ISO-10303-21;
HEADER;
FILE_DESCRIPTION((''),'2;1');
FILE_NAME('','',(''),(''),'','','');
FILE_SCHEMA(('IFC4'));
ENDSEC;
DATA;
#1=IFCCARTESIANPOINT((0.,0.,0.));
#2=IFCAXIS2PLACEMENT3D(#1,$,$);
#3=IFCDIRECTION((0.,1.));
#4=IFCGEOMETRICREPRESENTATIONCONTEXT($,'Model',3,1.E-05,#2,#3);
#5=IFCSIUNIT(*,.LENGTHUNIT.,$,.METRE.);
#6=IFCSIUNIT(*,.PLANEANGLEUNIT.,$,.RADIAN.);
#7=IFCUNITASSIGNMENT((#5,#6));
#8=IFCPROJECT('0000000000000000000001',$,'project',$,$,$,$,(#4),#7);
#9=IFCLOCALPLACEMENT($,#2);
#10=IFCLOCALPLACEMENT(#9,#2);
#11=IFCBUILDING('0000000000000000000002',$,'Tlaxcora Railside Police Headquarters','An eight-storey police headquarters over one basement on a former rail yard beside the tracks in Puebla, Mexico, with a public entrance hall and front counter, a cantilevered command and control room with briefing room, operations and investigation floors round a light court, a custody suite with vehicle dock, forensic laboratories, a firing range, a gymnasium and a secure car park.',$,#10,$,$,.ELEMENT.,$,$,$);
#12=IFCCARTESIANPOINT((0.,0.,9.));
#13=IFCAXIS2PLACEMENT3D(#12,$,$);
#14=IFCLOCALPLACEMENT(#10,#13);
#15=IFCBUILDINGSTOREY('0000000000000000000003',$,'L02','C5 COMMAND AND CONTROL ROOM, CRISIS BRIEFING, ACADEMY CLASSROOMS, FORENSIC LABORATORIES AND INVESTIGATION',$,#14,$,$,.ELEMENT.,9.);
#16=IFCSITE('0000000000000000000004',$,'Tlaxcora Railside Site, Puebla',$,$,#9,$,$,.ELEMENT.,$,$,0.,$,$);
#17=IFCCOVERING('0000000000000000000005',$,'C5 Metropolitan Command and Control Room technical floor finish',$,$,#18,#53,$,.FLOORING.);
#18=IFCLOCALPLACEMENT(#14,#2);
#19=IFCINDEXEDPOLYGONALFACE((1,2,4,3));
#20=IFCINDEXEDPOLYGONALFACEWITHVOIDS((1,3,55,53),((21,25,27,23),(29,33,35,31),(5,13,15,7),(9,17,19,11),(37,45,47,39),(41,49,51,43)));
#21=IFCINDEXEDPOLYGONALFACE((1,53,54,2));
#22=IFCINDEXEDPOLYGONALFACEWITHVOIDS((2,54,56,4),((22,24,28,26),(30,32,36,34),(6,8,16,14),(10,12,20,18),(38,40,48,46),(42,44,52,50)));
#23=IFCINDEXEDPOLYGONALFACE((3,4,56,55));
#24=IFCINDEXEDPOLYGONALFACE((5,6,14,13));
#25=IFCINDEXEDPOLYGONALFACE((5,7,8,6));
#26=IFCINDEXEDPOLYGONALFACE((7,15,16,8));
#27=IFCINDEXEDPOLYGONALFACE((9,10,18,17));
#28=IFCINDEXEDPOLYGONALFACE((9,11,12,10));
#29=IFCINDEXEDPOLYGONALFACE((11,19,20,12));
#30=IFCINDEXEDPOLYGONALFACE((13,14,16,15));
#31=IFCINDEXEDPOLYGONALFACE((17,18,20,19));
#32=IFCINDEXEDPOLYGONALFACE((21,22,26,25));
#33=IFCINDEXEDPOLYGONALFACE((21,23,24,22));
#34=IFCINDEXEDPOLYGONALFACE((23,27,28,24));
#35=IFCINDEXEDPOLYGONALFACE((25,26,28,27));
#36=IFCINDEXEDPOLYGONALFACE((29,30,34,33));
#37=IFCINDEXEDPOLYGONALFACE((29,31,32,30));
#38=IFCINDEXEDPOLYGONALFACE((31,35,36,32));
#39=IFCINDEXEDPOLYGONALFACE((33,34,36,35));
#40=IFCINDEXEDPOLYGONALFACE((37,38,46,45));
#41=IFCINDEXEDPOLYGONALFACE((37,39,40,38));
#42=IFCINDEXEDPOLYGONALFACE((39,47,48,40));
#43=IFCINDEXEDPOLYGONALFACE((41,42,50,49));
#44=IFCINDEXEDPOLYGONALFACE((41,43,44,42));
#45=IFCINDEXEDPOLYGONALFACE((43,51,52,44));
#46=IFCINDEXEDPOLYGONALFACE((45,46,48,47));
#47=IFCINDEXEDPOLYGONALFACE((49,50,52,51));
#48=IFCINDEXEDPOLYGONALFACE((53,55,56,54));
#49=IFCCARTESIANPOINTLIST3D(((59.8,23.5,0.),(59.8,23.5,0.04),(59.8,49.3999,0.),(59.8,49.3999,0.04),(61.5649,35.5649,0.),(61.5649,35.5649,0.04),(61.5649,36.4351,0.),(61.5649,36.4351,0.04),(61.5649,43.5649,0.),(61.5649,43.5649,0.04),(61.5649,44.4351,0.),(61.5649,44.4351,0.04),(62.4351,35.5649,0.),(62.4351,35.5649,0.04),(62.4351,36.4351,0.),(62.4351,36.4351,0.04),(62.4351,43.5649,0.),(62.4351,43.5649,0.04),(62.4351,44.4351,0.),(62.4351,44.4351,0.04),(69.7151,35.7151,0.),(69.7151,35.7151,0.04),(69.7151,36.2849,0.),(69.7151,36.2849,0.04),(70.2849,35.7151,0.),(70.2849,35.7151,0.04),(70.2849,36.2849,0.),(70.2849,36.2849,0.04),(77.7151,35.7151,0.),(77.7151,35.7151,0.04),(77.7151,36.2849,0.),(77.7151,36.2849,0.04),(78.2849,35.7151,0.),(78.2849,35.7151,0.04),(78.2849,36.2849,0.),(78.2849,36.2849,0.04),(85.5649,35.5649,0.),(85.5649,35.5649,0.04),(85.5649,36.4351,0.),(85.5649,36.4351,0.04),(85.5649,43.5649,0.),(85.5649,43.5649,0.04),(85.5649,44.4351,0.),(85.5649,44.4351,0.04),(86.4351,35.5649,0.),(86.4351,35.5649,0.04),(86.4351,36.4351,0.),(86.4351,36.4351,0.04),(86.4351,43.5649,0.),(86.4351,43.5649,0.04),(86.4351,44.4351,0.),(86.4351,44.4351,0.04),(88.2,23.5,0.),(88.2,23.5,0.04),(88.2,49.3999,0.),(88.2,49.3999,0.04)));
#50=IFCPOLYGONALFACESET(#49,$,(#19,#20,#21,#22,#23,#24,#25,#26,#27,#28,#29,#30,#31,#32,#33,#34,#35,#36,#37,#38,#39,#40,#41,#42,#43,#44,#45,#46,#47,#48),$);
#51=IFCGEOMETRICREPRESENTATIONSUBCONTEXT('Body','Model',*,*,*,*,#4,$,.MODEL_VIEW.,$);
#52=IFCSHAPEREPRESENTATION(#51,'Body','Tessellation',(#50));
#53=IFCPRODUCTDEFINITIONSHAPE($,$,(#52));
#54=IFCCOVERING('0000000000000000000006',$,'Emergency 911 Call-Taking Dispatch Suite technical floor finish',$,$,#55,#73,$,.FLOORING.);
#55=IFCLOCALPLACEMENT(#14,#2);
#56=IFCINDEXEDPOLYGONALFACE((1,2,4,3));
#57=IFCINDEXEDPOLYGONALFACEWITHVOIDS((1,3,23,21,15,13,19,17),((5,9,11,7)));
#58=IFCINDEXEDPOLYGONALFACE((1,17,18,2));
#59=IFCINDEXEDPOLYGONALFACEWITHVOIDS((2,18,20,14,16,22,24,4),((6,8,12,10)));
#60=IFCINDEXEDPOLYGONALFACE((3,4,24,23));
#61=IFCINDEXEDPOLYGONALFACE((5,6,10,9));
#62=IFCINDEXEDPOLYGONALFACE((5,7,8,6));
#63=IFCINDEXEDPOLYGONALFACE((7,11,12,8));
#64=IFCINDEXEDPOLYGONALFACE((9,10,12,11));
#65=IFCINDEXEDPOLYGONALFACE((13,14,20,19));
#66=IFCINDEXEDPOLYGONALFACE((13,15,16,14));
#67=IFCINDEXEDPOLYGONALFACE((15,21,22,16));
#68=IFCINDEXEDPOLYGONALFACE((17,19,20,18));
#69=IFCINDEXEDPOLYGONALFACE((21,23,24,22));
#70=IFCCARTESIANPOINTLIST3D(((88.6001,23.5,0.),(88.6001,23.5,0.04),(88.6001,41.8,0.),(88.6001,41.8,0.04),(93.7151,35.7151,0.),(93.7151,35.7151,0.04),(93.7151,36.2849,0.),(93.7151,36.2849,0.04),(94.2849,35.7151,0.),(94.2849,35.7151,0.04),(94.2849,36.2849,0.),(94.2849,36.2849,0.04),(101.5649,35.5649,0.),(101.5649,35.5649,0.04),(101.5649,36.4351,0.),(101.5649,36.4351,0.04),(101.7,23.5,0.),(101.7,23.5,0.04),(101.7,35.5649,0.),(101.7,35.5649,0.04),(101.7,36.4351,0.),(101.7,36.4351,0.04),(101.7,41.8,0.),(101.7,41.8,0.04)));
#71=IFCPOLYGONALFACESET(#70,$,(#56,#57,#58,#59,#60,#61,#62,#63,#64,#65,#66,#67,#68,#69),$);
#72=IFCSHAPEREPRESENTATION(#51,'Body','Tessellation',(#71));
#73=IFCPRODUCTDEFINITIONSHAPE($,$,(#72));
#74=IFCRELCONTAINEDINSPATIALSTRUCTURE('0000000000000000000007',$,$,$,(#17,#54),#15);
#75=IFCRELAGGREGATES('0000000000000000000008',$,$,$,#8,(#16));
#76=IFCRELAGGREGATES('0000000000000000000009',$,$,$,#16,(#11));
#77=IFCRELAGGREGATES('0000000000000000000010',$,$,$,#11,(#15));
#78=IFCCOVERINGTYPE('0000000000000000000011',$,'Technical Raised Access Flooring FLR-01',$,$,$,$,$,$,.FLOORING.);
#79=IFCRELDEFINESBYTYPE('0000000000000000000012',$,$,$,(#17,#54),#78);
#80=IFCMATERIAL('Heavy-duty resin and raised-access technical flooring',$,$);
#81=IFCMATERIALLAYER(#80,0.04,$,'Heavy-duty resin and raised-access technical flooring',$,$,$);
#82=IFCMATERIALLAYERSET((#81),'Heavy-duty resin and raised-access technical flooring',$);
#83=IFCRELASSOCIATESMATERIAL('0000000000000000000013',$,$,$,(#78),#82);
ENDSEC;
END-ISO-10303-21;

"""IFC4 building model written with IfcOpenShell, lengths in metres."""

from ifc_helpers import new_model, si_unit, direction, frame, origin, place, context, subcontext, project, spatial, polyline, outline, extrude, material, layer, layer_set, type_object, element, save


model = new_model("IFC4")

# Units and contexts
model_context = context("Model", 3, precision=1e-05, world=origin(), true_north=direction((0.0, 1.0)))
body_context = subcontext(model_context, "Body", "Model", "MODEL_VIEW")
ifc_project = project(units=[si_unit("LENGTHUNIT", "METRE"), si_unit("PLANEANGLEUNIT", "RADIAN")], contexts=[model_context])

# Site, building, storey
site_placement = place(None, origin())
site = spatial("IfcSite", under=ifc_project, at=site_placement, Name="Tlaxcora Railside Site, Puebla", CompositionType="ELEMENT", RefElevation=0.0)
building_placement = place(site_placement, origin())
building = spatial("IfcBuilding", under=site, at=building_placement, Name="Tlaxcora Railside Police Headquarters", Description="An eight-storey police headquarters over one basement on a former rail yard beside the tracks in Puebla, Mexico, with a public entrance hall and front counter, a cantilevered command and control room with briefing room, operations and investigation floors round a light court, a custody suite with vehicle dock, forensic laboratories, a firing range, a gymnasium and a secure car park.", CompositionType="ELEMENT")
storey_placement = place(building_placement, frame((0.0, 0.0, 9.0)))
storey = spatial("IfcBuildingStorey", under=building, at=storey_placement, Name="L02", Description="C5 COMMAND AND CONTROL ROOM, CRISIS BRIEFING, ACADEMY CLASSROOMS, FORENSIC LABORATORIES AND INVESTIGATION", CompositionType="ELEMENT", Elevation=9.0)

# Coverings
ifc_material_1 = material(Name="Heavy-duty resin and raised-access technical flooring")
ifc_layer_1 = layer(ifc_material_1, 0.04, Name="Heavy-duty resin and raised-access technical flooring")
ifc_layer_set_1 = layer_set([ifc_layer_1], Name="Heavy-duty resin and raised-access technical flooring")
covering_type_1 = type_object("IfcCoveringType", Name="Technical Raised Access Flooring FLR-01", PredefinedType="FLOORING", material=ifc_layer_set_1)
covering_1_placement = place(storey_placement, origin())
element("IfcCovering", 1, at=covering_1_placement, inside=storey, type_object=covering_type_1, Name="C5 Metropolitan Command and Control Room technical floor finish", PredefinedType="FLOORING", context=body_context, shape_type="SweptSolid", body=[
    extrude(outline(polyline([(88.2, 23.5), (88.2, 49.3999), (59.8, 49.3999), (59.8, 23.5), (88.2, 23.5)]), holes=[polyline([(62.4351, 36.4351), (62.4351, 35.5649), (61.5649, 35.5649), (61.5649, 36.4351), (62.4351, 36.4351)]), polyline([(62.4351, 43.5649), (61.5649, 43.5649), (61.5649, 44.4351), (62.4351, 44.4351), (62.4351, 43.5649)]), polyline([(69.7151, 35.7151), (69.7151, 36.2849), (70.2849, 36.2849), (70.2849, 35.7151), (69.7151, 35.7151)]), polyline([(77.7151, 36.2849), (78.2849, 36.2849), (78.2849, 35.7151), (77.7151, 35.7151), (77.7151, 36.2849)]), polyline([(86.4351, 36.4351), (86.4351, 35.5649), (85.5649, 35.5649), (85.5649, 36.4351), (86.4351, 36.4351)]), polyline([(86.4351, 43.5649), (85.5649, 43.5649), (85.5649, 44.4351), (86.4351, 44.4351), (86.4351, 43.5649)])]), origin(), (0.0, 0.0, 1.0), 0.04),
])
covering_2_placement = place(storey_placement, origin())
element("IfcCovering", 2, at=covering_2_placement, inside=storey, type_object=covering_type_1, Name="Emergency 911 Call-Taking Dispatch Suite technical floor finish", PredefinedType="FLOORING", context=body_context, shape_type="SweptSolid", body=[
    extrude(outline(polyline([(101.7, 23.5), (101.7, 35.5649), (101.5649, 35.5649), (101.5649, 36.4351), (101.7, 36.4351), (101.7, 41.8), (88.6001, 41.8), (88.6001, 23.5), (101.7, 23.5)]), holes=[polyline([(94.2849, 36.2849), (94.2849, 35.7151), (93.7151, 35.7151), (93.7151, 36.2849), (94.2849, 36.2849)])]), origin(), (0.0, 0.0, 1.0), 0.04),
])

save(model, "model.ifc")
